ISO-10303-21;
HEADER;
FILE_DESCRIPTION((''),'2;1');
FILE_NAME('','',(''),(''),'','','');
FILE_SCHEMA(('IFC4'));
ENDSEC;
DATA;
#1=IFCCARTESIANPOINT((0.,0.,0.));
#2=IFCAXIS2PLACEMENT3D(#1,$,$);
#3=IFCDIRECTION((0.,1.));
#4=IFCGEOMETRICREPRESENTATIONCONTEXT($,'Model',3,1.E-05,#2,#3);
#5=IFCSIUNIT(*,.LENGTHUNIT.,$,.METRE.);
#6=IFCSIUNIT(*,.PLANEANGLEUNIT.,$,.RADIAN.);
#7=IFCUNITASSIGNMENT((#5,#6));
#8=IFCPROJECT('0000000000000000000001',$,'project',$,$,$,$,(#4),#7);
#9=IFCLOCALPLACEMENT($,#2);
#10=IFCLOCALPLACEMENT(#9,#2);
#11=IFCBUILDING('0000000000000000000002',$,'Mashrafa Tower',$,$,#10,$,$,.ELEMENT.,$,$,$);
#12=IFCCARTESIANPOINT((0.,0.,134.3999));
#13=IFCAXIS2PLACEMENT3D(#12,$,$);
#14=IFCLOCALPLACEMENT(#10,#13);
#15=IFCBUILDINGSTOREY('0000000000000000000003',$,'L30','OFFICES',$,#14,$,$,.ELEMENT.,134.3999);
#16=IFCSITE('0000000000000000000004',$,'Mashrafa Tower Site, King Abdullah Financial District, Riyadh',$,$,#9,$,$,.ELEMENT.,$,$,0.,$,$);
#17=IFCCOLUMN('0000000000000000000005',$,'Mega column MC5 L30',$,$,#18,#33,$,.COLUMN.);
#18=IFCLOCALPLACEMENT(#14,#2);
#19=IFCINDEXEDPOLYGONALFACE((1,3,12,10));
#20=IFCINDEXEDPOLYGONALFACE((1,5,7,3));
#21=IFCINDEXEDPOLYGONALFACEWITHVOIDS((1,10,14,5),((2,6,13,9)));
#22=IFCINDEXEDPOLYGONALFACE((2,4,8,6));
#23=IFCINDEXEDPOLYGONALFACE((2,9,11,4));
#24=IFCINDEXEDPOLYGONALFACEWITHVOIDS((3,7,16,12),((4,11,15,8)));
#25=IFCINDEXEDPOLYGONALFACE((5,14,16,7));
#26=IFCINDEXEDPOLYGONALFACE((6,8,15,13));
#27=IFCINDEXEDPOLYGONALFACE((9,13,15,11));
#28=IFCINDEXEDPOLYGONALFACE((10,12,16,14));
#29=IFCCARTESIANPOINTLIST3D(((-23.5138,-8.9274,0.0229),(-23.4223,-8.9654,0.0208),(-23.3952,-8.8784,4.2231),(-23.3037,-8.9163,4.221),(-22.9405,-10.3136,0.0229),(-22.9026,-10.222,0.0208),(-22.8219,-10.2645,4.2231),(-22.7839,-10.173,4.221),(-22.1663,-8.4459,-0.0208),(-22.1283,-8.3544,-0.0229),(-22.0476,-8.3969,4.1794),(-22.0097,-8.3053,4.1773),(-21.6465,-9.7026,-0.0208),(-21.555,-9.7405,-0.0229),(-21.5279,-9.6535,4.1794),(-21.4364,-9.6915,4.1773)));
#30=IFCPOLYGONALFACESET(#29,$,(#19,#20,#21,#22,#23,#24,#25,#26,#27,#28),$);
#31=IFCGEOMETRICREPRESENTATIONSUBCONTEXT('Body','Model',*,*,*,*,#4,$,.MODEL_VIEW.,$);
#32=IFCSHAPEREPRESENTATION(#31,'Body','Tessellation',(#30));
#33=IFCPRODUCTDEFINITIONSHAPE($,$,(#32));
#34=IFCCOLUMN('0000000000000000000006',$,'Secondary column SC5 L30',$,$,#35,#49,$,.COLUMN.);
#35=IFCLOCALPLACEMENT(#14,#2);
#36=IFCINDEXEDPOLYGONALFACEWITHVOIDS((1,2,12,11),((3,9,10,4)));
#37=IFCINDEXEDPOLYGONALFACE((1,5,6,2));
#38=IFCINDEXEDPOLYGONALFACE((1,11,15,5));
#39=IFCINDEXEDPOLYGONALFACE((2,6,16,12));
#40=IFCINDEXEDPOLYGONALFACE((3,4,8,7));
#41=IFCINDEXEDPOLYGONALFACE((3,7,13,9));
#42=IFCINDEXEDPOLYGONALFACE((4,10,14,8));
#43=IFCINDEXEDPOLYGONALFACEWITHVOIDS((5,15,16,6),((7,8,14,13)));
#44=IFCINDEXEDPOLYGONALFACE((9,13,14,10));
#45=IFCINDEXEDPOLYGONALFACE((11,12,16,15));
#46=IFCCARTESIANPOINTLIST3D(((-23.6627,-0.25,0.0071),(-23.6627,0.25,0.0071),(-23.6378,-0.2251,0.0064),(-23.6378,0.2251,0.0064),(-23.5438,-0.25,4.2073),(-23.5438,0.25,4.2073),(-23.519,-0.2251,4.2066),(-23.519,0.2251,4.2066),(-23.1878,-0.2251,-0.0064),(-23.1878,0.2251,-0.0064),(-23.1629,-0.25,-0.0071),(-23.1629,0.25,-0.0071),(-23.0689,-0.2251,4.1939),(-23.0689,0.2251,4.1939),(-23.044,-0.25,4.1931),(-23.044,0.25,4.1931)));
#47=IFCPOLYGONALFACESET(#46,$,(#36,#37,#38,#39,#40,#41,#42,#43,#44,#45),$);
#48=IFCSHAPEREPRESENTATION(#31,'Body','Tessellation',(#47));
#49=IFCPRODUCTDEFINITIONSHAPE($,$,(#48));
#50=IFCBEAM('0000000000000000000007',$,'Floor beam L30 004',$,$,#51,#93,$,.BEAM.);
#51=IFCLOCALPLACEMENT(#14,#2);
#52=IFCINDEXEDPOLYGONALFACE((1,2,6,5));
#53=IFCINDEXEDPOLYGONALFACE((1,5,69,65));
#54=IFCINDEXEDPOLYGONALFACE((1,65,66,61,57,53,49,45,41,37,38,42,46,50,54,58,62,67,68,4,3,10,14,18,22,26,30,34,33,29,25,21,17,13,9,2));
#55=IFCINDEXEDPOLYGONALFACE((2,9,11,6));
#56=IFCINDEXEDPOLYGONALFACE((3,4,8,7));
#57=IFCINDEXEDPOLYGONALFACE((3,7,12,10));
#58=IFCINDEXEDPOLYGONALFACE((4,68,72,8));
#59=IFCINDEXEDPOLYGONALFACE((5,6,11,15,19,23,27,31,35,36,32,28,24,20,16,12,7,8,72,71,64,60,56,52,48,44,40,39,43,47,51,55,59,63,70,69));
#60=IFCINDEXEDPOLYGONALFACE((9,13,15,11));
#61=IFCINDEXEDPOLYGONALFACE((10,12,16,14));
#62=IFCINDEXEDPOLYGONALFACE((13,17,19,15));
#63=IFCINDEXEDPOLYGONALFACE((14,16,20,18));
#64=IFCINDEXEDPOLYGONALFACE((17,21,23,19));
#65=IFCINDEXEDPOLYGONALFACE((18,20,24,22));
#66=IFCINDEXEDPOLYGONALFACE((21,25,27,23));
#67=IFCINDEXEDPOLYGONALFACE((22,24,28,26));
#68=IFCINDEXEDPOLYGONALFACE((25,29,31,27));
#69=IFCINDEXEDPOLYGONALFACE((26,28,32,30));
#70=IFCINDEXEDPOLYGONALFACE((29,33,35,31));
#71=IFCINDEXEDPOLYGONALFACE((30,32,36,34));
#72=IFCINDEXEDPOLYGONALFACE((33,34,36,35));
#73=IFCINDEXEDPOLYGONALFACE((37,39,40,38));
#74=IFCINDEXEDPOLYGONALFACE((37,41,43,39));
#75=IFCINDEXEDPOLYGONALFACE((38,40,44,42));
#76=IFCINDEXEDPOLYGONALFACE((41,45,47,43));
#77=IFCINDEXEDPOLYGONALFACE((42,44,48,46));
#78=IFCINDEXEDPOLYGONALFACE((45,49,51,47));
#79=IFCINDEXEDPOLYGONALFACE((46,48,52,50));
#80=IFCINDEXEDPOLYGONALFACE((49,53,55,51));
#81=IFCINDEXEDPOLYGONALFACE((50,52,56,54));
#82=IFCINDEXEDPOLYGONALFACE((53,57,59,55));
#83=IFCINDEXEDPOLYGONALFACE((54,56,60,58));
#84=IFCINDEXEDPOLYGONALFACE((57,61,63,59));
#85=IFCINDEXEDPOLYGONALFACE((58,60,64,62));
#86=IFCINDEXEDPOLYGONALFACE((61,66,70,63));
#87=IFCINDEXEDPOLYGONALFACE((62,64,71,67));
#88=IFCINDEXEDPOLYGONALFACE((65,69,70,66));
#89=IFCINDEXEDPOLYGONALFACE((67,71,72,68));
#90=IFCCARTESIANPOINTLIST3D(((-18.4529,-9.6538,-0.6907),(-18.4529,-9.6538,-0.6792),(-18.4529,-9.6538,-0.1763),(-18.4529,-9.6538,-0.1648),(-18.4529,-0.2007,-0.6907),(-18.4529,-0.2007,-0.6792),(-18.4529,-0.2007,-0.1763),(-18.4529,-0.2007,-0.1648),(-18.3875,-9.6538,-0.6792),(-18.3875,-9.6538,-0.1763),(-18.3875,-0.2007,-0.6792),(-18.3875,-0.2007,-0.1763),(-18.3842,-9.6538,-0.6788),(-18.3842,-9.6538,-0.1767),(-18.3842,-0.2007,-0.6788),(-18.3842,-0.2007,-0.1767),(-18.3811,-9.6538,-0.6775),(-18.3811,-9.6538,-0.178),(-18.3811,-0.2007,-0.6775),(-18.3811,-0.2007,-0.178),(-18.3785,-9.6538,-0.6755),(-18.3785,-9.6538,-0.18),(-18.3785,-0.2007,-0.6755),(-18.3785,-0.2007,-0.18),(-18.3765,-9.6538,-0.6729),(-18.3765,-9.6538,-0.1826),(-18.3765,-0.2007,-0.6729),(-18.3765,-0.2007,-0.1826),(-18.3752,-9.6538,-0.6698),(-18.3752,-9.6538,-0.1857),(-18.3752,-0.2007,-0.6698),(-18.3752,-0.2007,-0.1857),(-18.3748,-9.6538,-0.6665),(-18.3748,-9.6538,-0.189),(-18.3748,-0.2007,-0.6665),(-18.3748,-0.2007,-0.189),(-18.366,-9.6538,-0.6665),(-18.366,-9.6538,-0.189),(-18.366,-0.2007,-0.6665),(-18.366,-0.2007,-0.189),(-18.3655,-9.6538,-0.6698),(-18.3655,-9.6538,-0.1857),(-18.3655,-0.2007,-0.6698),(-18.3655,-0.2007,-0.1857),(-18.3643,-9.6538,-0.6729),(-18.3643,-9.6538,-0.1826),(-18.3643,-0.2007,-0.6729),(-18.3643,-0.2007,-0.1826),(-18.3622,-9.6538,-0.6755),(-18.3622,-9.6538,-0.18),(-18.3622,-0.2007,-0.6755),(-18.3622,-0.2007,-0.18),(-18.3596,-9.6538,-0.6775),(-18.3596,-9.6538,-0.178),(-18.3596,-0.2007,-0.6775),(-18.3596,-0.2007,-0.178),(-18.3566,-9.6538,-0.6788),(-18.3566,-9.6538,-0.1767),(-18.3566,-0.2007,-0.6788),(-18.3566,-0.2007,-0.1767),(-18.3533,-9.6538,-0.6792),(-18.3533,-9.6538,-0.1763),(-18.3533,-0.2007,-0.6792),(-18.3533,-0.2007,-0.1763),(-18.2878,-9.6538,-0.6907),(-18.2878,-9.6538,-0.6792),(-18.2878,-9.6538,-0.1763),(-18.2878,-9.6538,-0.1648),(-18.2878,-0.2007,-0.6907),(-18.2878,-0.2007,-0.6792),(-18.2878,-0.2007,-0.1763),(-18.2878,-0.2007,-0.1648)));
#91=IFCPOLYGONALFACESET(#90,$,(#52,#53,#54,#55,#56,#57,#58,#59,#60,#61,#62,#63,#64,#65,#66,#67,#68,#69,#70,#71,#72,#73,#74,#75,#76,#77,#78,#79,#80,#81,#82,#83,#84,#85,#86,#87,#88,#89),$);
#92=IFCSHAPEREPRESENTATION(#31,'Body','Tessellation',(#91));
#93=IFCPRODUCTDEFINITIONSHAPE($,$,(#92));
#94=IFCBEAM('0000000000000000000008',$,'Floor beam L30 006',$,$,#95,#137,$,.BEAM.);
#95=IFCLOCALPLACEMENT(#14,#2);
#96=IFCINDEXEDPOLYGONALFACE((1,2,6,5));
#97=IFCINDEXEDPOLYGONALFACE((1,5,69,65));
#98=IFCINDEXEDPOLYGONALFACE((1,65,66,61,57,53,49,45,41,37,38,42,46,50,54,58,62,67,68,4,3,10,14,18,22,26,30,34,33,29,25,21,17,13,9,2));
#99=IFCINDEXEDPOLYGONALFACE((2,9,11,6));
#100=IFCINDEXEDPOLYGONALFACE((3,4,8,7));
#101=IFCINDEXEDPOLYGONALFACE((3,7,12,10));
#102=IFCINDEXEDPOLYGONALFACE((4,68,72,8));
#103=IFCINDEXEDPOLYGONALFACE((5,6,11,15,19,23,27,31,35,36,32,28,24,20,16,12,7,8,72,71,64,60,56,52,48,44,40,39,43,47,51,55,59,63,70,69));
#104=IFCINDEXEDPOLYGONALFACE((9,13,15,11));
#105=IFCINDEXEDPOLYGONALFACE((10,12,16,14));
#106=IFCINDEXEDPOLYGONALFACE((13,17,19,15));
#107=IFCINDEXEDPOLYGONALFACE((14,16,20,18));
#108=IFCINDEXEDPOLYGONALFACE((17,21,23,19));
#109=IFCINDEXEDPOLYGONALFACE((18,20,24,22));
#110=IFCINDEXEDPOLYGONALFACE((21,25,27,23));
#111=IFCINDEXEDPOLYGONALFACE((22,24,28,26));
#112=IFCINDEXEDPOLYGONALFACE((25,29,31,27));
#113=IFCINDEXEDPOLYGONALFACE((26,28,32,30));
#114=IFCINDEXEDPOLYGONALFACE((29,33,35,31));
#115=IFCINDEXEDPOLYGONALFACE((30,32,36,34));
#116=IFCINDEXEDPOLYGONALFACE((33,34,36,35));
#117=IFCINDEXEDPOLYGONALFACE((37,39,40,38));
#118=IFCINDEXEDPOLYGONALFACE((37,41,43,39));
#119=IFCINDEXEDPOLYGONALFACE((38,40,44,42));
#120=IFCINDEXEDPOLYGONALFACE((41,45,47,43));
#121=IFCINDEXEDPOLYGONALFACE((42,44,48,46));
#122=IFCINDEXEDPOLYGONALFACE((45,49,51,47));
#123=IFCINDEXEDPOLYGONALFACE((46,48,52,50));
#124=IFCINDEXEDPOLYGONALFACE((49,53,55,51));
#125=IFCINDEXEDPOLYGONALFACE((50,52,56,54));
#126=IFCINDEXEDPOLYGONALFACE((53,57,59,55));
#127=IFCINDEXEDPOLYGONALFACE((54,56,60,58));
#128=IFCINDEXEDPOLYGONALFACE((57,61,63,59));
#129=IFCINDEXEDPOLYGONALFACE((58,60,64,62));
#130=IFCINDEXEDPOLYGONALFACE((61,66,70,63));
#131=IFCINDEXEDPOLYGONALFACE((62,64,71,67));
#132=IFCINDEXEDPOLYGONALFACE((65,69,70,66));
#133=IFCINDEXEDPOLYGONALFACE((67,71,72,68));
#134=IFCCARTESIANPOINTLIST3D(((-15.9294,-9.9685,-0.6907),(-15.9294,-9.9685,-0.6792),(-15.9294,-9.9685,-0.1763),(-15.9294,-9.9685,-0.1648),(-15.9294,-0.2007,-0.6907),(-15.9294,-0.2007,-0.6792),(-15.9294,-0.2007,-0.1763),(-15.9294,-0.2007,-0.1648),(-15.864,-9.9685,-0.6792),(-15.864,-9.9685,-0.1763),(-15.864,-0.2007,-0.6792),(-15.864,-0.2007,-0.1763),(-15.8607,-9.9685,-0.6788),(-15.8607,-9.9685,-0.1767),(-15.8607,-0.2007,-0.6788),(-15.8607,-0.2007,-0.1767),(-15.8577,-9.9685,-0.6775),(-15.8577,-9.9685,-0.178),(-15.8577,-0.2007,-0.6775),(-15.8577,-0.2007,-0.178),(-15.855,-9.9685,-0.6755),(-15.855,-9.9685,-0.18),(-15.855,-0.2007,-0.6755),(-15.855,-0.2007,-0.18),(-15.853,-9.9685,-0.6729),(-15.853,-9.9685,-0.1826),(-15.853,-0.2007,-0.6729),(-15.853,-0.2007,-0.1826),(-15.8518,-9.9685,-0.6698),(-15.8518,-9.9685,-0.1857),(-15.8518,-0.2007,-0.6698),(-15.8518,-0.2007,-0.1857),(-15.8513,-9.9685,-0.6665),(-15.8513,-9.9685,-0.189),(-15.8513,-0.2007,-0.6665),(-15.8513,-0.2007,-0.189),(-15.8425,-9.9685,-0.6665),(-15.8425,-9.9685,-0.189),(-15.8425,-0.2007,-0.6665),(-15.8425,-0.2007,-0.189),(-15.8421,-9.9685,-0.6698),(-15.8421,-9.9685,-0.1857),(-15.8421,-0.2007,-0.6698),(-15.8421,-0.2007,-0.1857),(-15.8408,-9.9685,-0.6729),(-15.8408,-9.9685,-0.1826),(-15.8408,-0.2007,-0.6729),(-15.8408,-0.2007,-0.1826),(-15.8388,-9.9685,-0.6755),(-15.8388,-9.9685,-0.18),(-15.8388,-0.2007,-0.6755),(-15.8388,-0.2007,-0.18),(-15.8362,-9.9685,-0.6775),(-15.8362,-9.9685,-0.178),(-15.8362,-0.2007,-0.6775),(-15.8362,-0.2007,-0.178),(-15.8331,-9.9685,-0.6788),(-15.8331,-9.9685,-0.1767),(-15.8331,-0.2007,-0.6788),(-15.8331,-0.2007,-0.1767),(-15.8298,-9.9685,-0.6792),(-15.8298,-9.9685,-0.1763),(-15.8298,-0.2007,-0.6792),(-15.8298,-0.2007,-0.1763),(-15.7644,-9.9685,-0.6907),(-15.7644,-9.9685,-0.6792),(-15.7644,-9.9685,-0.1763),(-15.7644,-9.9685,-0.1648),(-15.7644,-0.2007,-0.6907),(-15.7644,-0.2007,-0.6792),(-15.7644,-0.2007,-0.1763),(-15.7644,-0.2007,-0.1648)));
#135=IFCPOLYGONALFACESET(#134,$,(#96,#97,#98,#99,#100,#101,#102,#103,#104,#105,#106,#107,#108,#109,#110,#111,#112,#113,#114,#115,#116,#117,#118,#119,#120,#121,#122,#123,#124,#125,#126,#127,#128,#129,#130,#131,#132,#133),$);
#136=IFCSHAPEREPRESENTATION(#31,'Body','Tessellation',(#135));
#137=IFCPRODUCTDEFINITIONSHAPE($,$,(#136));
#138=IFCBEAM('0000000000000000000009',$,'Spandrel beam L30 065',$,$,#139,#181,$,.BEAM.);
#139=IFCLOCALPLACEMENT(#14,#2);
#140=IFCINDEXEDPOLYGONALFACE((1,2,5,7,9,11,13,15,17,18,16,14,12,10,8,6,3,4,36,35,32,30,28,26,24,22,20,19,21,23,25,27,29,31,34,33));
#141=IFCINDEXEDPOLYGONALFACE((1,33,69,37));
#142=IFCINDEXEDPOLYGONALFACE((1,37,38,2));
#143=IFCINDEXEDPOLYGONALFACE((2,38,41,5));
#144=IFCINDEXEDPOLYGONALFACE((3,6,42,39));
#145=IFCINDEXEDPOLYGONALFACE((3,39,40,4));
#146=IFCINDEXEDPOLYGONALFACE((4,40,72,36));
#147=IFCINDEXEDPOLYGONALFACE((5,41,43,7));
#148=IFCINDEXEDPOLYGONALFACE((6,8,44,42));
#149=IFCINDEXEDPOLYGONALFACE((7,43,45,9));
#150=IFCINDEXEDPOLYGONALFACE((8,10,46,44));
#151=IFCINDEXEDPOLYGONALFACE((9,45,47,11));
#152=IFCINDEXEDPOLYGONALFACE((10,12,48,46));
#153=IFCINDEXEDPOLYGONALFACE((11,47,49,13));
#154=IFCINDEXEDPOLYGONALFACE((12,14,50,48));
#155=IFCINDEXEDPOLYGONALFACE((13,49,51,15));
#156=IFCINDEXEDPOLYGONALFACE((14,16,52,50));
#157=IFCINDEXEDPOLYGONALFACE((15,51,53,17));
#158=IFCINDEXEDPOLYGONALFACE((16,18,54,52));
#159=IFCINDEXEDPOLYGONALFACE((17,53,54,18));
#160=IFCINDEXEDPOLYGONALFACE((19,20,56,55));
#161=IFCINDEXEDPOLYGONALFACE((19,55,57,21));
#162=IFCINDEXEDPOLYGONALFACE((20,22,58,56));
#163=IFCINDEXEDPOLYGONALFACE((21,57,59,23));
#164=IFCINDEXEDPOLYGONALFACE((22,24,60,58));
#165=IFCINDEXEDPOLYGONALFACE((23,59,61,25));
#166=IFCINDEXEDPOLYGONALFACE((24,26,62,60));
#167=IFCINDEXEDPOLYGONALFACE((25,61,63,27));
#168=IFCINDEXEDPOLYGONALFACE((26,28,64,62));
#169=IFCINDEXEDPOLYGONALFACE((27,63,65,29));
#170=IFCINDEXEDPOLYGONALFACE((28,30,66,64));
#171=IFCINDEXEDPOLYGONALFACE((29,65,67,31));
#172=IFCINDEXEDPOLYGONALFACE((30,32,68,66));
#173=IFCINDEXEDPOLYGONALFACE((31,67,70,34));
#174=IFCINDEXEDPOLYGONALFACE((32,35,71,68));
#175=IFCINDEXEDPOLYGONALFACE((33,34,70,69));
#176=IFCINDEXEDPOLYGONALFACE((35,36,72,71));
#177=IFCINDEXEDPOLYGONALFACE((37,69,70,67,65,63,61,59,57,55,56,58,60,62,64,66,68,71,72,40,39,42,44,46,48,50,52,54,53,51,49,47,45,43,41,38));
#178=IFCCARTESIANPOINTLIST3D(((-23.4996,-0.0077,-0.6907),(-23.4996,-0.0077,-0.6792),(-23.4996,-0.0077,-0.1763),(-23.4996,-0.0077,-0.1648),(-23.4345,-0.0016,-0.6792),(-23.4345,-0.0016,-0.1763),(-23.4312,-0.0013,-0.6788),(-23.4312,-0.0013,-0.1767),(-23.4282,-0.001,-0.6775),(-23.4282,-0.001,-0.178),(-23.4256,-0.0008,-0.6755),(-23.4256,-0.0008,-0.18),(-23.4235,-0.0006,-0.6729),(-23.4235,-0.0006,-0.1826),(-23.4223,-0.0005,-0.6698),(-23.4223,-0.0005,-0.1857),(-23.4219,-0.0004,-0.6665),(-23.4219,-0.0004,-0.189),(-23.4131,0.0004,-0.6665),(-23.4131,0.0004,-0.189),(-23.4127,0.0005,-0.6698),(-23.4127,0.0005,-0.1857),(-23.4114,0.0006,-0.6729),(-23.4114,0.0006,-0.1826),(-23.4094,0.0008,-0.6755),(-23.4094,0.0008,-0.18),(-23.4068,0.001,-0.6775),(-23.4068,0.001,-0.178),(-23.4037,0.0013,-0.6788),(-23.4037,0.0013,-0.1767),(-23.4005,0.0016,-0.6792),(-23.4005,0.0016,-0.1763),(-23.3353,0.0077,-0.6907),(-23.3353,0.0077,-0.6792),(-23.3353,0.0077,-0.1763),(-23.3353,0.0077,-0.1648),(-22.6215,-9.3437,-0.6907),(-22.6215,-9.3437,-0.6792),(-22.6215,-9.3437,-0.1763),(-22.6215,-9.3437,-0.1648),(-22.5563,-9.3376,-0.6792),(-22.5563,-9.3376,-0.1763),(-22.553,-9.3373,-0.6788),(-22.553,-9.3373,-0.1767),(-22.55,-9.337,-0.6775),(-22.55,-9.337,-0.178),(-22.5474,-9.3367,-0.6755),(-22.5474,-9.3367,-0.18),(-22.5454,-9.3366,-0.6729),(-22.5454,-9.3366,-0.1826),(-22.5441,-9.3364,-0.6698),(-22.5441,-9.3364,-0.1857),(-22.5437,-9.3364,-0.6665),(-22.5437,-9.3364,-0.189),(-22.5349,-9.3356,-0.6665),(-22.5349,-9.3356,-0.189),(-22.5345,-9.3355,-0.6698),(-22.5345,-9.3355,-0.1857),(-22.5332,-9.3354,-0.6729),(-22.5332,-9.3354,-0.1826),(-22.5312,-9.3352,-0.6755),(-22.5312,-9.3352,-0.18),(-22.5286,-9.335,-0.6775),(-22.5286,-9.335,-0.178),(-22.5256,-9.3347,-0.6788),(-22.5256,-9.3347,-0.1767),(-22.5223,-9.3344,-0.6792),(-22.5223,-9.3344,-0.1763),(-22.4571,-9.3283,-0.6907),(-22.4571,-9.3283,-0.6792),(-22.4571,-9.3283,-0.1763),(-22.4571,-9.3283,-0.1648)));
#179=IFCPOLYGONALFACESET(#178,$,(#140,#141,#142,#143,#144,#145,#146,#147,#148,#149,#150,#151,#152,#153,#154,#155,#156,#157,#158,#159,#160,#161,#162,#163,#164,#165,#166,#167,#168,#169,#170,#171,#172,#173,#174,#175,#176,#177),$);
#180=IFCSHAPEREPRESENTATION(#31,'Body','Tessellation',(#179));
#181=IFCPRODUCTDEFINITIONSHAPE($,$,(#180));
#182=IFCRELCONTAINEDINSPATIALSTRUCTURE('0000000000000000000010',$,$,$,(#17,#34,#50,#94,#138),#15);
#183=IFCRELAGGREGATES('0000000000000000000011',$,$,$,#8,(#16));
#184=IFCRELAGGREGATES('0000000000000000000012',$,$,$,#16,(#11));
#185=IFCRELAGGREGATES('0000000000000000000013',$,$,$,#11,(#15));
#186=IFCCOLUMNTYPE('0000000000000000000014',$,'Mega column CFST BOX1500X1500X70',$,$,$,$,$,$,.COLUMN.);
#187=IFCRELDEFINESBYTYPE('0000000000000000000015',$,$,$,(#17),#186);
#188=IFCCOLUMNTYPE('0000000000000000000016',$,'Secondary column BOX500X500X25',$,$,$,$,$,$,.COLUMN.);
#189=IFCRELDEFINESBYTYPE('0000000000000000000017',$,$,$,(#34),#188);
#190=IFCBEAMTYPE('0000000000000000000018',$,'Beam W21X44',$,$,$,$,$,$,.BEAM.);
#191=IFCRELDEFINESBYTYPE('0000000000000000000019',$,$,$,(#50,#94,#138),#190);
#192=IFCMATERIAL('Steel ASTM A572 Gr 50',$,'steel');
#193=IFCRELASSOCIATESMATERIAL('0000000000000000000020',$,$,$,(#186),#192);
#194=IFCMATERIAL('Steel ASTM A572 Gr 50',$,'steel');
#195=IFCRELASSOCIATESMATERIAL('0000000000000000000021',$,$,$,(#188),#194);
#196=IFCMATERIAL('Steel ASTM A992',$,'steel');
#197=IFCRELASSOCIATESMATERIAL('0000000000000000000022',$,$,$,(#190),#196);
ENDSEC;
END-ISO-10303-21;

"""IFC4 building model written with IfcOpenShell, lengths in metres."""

from ifc_helpers import new_model, si_unit, direction, frame, origin, origin_2d, place, context, subcontext, project, spatial, hollow_rectangle, i_section, extrude, material, material_profile, profile_set, type_object, element, save


model = new_model("IFC4")

# Units and contexts
model_context = context("Model", 3, precision=1e-05, world=origin(), true_north=direction((0.0, 1.0)))
body_context = subcontext(model_context, "Body", "Model", "MODEL_VIEW")
ifc_project = project(units=[si_unit("LENGTHUNIT", "METRE"), si_unit("PLANEANGLEUNIT", "RADIAN")], contexts=[model_context])

# Site, building, storey
site_placement = place(None, origin())
site = spatial("IfcSite", under=ifc_project, at=site_placement, Name="Mashrafa Tower Site, King Abdullah Financial District, Riyadh", CompositionType="ELEMENT", RefElevation=0.0)
building_placement = place(site_placement, origin())
building = spatial("IfcBuilding", under=site, at=building_placement, Name="Mashrafa Tower", CompositionType="ELEMENT")
storey_placement = place(building_placement, frame((0.0, 0.0, 134.3999)))
storey = spatial("IfcBuildingStorey", under=building, at=storey_placement, Name="L30", Description="OFFICES", CompositionType="ELEMENT", Elevation=134.3999)

# Columns
ifc_material_1 = material(Name="Steel ASTM A572 Gr 50", Category="steel")
ifc_material_profile_1 = material_profile(ifc_material_1, hollow_rectangle(XDim=1.5, YDim=1.5, WallThickness=0.0701, at=origin_2d()), Name="BOX1500X1500X70")
ifc_profile_set_1 = profile_set([ifc_material_profile_1], Name="Steel ASTM A572 Gr 50")
column_type_1 = type_object("IfcColumnType", Name="Mega column CFST BOX1500X1500X70", PredefinedType="COLUMN", material=ifc_profile_set_1)
column_1_placement = place(storey_placement, frame((-22.5344, -9.334, 0.0), z_axis=(0.028236, 0.011678, 0.999533), x_axis=(-0.382184, 0.924086, 0.0)))
element("IfcColumn", 1, at=column_1_placement, inside=storey, type_object=column_type_1, Name="Mega column MC5 L30", PredefinedType="COLUMN", context=body_context, shape_type="SweptSolid", body=[
    extrude(hollow_rectangle(XDim=1.5, YDim=1.5, WallThickness=0.0701, at=origin_2d()), origin(), (0.0, 0.0, 1.0), 4.2021),
])
ifc_material_2 = material(Name="Steel ASTM A572 Gr 50", Category="steel")
ifc_material_profile_2 = material_profile(ifc_material_2, hollow_rectangle(XDim=0.5, YDim=0.5, WallThickness=0.0249, at=origin_2d()), Name="BOX500X500X25")
ifc_profile_set_2 = profile_set([ifc_material_profile_2], Name="Steel ASTM A572 Gr 50")
column_type_2 = type_object("IfcColumnType", Name="Secondary column BOX500X500X25", PredefinedType="COLUMN", material=ifc_profile_set_2)
column_2_placement = place(storey_placement, frame((-23.4128, 0.0, 0.0), z_axis=(0.028296, 0.0, 0.9996), x_axis=(0.0, 1.0, 0.0)))
element("IfcColumn", 2, at=column_2_placement, inside=storey, type_object=column_type_2, Name="Secondary column SC5 L30", PredefinedType="COLUMN", context=body_context, shape_type="SweptSolid", body=[
    extrude(hollow_rectangle(XDim=0.5, YDim=0.5, WallThickness=0.0249, at=origin_2d()), origin(), (0.0, 0.0, 1.0), 4.2019),
])

# Beams
ifc_material_3 = material(Name="Steel ASTM A992", Category="steel")
ifc_material_profile_3 = material_profile(ifc_material_3, i_section(OverallWidth=0.165, OverallDepth=0.5259, WebThickness=0.0088, FlangeThickness=0.0115, FilletRadius=0.0127, at=origin_2d()), Name="W21X44")
ifc_profile_set_3 = profile_set([ifc_material_profile_3], Name="Steel ASTM A992")
beam_type_1 = type_object("IfcBeamType", Name="Beam W21X44", PredefinedType="BEAM", material=ifc_profile_set_3)
beam_1_placement = place(storey_placement, frame((-18.3704, -9.6538, -0.4277), z_axis=(0.0, 1.0, 0.0), x_axis=(-1.0, 0.0, 0.0)))
element("IfcBeam", 3, at=beam_1_placement, inside=storey, type_object=beam_type_1, Name="Floor beam L30 004", PredefinedType="BEAM", context=body_context, shape_type="SweptSolid", body=[
    extrude(i_section(OverallWidth=0.165, OverallDepth=0.5259, WebThickness=0.0088, FlangeThickness=0.0115, FilletRadius=0.0127, at=origin_2d()), origin(), (0.0, 0.0, 1.0), 9.4531),
])
beam_2_placement = place(storey_placement, frame((-15.8469, -9.9685, -0.4277), z_axis=(0.0, 1.0, 0.0), x_axis=(-1.0, 0.0, 0.0)))
element("IfcBeam", 4, at=beam_2_placement, inside=storey, type_object=beam_type_1, Name="Floor beam L30 006", PredefinedType="BEAM", context=body_context, shape_type="SweptSolid", body=[
    extrude(i_section(OverallWidth=0.165, OverallDepth=0.5259, WebThickness=0.0088, FlangeThickness=0.0115, FilletRadius=0.0127, at=origin_2d()), origin(), (0.0, 0.0, 1.0), 9.7678),
])
beam_3_placement = place(storey_placement, frame((-23.4175, 0.0, -0.4277), z_axis=(0.09365, -0.995605, 0.0), x_axis=(0.995605, 0.09365, 0.0)))
element("IfcBeam", 5, at=beam_3_placement, inside=storey, type_object=beam_type_1, Name="Spandrel beam L30 065", PredefinedType="BEAM", context=body_context, shape_type="SweptSolid", body=[
    extrude(i_section(OverallWidth=0.165, OverallDepth=0.5259, WebThickness=0.0088, FlangeThickness=0.0115, FilletRadius=0.0127, at=origin_2d()), origin(), (0.0, 0.0, 1.0), 9.3772),
])

save(model, "model.ifc")
